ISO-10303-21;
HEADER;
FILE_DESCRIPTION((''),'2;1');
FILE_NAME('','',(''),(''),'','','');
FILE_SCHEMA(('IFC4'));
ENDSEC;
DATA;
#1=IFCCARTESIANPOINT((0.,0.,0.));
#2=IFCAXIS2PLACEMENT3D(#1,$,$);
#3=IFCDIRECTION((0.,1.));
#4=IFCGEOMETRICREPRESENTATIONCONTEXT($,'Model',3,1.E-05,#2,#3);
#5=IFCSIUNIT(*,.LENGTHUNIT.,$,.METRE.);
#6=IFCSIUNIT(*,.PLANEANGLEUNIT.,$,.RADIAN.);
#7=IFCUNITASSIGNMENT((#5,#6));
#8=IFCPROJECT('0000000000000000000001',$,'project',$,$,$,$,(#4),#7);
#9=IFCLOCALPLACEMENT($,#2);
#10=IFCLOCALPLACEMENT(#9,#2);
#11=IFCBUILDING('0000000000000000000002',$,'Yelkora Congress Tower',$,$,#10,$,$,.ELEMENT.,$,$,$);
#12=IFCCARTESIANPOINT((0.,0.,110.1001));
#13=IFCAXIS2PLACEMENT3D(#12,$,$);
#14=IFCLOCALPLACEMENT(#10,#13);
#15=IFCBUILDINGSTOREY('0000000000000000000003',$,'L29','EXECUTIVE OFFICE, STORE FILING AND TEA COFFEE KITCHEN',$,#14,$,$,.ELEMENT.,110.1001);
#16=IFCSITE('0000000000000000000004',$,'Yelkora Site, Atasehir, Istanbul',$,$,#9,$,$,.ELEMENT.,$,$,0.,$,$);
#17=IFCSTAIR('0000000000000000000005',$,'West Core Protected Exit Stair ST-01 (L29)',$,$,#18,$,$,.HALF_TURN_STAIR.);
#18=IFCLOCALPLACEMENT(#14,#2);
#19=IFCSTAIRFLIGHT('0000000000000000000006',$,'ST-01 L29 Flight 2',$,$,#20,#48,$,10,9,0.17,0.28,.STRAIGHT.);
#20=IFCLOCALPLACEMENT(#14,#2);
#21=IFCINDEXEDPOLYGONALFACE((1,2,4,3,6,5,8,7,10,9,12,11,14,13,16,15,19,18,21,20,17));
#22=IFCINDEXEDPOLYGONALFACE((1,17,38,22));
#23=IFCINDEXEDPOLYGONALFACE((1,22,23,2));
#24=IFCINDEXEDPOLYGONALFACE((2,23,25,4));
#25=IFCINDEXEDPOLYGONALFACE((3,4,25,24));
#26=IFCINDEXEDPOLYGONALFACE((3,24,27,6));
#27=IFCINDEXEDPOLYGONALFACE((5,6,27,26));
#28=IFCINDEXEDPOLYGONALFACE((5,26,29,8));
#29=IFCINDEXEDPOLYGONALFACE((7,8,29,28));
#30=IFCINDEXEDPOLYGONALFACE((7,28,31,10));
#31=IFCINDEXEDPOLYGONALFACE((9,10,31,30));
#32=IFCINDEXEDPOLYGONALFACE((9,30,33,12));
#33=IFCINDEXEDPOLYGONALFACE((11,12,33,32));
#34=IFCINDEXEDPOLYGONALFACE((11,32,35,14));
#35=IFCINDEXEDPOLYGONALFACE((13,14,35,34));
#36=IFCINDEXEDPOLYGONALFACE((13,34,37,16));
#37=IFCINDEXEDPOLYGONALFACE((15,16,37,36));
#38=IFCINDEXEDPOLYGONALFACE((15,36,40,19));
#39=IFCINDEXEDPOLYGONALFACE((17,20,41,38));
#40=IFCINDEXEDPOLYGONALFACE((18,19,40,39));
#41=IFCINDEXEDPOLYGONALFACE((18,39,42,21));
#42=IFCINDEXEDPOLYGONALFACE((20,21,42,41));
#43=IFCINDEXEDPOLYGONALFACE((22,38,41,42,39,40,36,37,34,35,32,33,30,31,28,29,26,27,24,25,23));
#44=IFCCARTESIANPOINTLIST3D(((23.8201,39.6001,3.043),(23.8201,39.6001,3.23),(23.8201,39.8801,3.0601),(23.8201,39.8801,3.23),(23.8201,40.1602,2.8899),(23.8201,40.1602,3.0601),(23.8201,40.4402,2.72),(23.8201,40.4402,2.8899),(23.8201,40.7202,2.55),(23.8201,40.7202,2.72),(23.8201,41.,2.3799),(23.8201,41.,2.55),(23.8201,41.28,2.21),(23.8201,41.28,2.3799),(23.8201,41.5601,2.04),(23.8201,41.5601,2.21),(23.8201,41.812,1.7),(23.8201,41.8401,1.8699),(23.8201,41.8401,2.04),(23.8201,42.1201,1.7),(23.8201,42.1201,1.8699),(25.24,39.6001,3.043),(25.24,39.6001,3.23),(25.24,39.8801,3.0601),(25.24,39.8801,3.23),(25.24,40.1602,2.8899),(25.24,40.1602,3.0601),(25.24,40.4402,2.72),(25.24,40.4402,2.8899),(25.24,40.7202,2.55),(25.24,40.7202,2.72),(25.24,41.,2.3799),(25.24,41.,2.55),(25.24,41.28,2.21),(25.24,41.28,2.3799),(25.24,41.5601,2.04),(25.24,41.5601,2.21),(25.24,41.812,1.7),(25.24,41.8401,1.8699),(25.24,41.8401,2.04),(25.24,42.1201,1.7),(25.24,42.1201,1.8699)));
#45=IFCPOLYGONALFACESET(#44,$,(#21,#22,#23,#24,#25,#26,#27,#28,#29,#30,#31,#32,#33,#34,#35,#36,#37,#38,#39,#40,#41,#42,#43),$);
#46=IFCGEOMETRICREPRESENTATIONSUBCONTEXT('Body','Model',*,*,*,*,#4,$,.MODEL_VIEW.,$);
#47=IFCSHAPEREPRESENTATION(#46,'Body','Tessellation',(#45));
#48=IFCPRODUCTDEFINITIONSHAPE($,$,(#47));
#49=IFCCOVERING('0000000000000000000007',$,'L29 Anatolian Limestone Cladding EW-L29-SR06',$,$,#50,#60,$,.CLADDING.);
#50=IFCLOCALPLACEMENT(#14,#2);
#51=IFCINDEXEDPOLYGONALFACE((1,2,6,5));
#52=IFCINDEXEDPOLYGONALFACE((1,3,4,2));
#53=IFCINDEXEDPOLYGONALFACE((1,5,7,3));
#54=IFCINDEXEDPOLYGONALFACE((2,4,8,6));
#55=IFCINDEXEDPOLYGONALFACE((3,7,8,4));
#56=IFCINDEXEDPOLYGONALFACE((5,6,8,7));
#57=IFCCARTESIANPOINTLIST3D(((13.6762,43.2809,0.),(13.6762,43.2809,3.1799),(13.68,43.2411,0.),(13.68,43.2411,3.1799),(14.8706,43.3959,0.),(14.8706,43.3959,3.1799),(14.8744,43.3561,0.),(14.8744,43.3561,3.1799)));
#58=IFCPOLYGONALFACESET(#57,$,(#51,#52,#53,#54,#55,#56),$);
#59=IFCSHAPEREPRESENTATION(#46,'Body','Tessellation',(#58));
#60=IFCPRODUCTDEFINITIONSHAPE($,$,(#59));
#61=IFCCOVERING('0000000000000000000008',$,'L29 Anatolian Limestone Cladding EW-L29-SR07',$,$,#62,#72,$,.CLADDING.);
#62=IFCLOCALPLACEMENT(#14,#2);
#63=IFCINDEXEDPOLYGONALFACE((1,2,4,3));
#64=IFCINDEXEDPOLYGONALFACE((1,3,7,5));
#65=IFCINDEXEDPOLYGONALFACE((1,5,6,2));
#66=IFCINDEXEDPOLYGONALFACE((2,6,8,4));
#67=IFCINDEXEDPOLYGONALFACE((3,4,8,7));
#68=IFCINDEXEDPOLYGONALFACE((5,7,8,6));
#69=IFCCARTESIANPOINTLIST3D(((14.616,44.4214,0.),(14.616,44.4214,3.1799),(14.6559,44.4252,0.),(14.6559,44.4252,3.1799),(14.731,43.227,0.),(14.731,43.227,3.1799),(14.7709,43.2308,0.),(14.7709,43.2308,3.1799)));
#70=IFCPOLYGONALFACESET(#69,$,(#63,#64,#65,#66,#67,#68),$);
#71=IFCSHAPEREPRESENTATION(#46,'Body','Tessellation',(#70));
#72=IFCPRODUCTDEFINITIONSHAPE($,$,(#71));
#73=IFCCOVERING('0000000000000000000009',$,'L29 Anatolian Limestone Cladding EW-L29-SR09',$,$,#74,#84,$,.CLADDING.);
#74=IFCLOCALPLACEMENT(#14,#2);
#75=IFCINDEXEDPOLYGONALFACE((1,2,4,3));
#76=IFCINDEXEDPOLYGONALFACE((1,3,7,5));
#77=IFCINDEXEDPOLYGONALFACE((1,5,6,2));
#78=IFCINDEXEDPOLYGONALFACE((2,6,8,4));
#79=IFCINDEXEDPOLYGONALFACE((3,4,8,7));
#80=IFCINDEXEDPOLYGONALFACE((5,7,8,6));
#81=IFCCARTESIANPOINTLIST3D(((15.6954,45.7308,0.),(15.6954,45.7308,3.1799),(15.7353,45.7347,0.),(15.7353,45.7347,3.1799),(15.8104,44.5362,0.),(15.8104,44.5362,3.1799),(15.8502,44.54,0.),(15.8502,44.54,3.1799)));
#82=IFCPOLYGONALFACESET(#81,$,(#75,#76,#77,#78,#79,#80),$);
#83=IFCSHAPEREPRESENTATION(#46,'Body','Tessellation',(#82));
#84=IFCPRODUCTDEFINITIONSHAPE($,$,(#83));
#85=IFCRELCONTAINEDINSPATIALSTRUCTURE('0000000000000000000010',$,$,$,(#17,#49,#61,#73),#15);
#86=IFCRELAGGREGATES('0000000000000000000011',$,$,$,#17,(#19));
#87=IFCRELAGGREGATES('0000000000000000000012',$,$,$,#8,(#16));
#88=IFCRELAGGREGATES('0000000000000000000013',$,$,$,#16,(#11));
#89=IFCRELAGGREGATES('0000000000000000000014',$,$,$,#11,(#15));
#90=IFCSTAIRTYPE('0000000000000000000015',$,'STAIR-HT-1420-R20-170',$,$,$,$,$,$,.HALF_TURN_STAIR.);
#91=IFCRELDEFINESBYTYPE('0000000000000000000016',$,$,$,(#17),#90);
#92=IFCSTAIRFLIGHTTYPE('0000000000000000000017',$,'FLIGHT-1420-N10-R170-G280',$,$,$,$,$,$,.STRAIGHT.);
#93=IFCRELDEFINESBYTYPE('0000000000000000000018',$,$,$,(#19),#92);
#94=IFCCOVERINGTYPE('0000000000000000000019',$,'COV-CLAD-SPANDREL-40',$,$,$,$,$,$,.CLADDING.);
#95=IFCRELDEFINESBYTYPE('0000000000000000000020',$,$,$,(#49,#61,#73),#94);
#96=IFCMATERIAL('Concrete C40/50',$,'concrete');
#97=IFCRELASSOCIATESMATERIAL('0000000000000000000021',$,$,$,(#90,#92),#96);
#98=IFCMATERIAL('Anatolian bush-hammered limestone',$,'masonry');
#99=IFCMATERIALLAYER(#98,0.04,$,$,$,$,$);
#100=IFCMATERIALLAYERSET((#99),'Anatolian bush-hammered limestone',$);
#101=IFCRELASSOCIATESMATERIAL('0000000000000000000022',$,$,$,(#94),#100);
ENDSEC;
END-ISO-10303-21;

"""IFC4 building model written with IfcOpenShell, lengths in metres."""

from ifc_helpers import new_model, si_unit, direction, frame, frame_2d, origin, place, context, subcontext, project, spatial, polyline, rectangle, outline, extrude, material, layer, layer_set, type_object, element, aggregate, save


model = new_model("IFC4")

# Units and contexts
model_context = context("Model", 3, precision=1e-05, world=origin(), true_north=direction((0.0, 1.0)))
body_context = subcontext(model_context, "Body", "Model", "MODEL_VIEW")
ifc_project = project(units=[si_unit("LENGTHUNIT", "METRE"), si_unit("PLANEANGLEUNIT", "RADIAN")], contexts=[model_context])

# Site, building, storey
site_placement = place(None, origin())
site = spatial("IfcSite", under=ifc_project, at=site_placement, Name="Yelkora Site, Atasehir, Istanbul", CompositionType="ELEMENT", RefElevation=0.0)
building_placement = place(site_placement, origin())
building = spatial("IfcBuilding", under=site, at=building_placement, Name="Yelkora Congress Tower", CompositionType="ELEMENT")
storey_placement = place(building_placement, frame((0.0, 0.0, 110.1001)))
storey = spatial("IfcBuildingStorey", under=building, at=storey_placement, Name="L29", Description="EXECUTIVE OFFICE, STORE FILING AND TEA COFFEE KITCHEN", CompositionType="ELEMENT", Elevation=110.1001)

# Shared definitions
ifc_material_1 = material(Name="Concrete C40/50", Category="concrete")

# Stair, stair flight
stair_type = type_object("IfcStairType", Name="STAIR-HT-1420-R20-170", PredefinedType="HALF_TURN_STAIR", material=ifc_material_1)
stair_placement = place(storey_placement, origin())
stair = element("IfcStair", 1, at=stair_placement, inside=storey, type_object=stair_type, Name="West Core Protected Exit Stair ST-01 (L29)", PredefinedType="HALF_TURN_STAIR")
stair_flight_type = type_object("IfcStairFlightType", Name="FLIGHT-1420-N10-R170-G280", PredefinedType="STRAIGHT", material=ifc_material_1)
stair_flight_placement = place(storey_placement, frame((24.53, 42.1201, 1.7), z_axis=(0.0, 0.0, 1.0), x_axis=(0.0, -1.0, 0.0)))
stair_flight = element("IfcStairFlight", 2, at=stair_flight_placement, type_object=stair_flight_type, Name="ST-01 L29 Flight 2", NumberOfRisers=10, NumberOfTreads=9, PredefinedType="STRAIGHT", RiserHeight=0.17, TreadLength=0.28, context=body_context, shape_type="SweptSolid", body=[
    extrude(outline(polyline([(0.0, 0.0), (0.0, 0.1699), (0.28, 0.1699), (0.28, 0.3401), (0.5601, 0.3401), (0.5601, 0.51), (0.8401, 0.51), (0.8401, 0.6799), (1.1201, 0.6799), (1.1201, 0.8501), (1.3999, 0.8501), (1.3999, 1.02), (1.6799, 1.02), (1.6799, 1.1899), (1.96, 1.1899), (1.96, 1.3601), (2.24, 1.3601), (2.24, 1.53), (2.52, 1.53), (2.52, 1.7), (2.52, 1.343), (0.3081, 0.0), (0.0, 0.0)])), frame((0.0, 0.71, 0.0), z_axis=(0.0, -1.0, 0.0), x_axis=(1.0, 0.0, 0.0)), (0.0, 0.0, 1.0), 1.4199),
])
aggregate(stair, [stair_flight])

# Coverings
ifc_material_2 = material(Name="Anatolian bush-hammered limestone", Category="masonry")
ifc_layer_1 = layer(ifc_material_2, 0.04)
ifc_layer_set_1 = layer_set([ifc_layer_1], Name="Anatolian bush-hammered limestone")
covering_type = type_object("IfcCoveringType", Name="COV-CLAD-SPANDREL-40", PredefinedType="CLADDING", material=ifc_layer_set_1)
for number, where, z_axis, x_axis, name in (
    (3, (13.678, 43.261, 0.0), (0.0, 0.0, 1.0), (0.995397, 0.095836, 0.0), "L29 Anatolian Limestone Cladding EW-L29-SR06"),
    (4, (14.751, 43.2288, 0.0), (0.0, 0.0, 1.0), (-0.095836, 0.995397, 0.0), "L29 Anatolian Limestone Cladding EW-L29-SR07"),
):
    element("IfcCovering", number, at=place(storey_placement, frame(where, z_axis=z_axis, x_axis=x_axis)), inside=storey, type_object=covering_type, Name=name, PredefinedType="CLADDING", context=body_context, shape_type="SweptSolid", body=[
        extrude(rectangle(XDim=1.2, YDim=0.04, at=frame_2d((0.6001, 0.0))), origin(), (0.0, 0.0, 1.0), 3.1799),
    ])
covering_placement = place(storey_placement, frame((15.8303, 44.5381, 0.0), z_axis=(0.0, 0.0, 1.0), x_axis=(-0.095817, 0.995399, 0.0)))
element("IfcCovering", 5, at=covering_placement, inside=storey, type_object=covering_type, Name="L29 Anatolian Limestone Cladding EW-L29-SR09", PredefinedType="CLADDING", context=body_context, shape_type="SweptSolid", body=[
    extrude(rectangle(XDim=1.2002, YDim=0.04, at=frame_2d((0.6001, 0.0))), origin(), (0.0, 0.0, 1.0), 3.1799),
])

save(model, "model.ifc")
